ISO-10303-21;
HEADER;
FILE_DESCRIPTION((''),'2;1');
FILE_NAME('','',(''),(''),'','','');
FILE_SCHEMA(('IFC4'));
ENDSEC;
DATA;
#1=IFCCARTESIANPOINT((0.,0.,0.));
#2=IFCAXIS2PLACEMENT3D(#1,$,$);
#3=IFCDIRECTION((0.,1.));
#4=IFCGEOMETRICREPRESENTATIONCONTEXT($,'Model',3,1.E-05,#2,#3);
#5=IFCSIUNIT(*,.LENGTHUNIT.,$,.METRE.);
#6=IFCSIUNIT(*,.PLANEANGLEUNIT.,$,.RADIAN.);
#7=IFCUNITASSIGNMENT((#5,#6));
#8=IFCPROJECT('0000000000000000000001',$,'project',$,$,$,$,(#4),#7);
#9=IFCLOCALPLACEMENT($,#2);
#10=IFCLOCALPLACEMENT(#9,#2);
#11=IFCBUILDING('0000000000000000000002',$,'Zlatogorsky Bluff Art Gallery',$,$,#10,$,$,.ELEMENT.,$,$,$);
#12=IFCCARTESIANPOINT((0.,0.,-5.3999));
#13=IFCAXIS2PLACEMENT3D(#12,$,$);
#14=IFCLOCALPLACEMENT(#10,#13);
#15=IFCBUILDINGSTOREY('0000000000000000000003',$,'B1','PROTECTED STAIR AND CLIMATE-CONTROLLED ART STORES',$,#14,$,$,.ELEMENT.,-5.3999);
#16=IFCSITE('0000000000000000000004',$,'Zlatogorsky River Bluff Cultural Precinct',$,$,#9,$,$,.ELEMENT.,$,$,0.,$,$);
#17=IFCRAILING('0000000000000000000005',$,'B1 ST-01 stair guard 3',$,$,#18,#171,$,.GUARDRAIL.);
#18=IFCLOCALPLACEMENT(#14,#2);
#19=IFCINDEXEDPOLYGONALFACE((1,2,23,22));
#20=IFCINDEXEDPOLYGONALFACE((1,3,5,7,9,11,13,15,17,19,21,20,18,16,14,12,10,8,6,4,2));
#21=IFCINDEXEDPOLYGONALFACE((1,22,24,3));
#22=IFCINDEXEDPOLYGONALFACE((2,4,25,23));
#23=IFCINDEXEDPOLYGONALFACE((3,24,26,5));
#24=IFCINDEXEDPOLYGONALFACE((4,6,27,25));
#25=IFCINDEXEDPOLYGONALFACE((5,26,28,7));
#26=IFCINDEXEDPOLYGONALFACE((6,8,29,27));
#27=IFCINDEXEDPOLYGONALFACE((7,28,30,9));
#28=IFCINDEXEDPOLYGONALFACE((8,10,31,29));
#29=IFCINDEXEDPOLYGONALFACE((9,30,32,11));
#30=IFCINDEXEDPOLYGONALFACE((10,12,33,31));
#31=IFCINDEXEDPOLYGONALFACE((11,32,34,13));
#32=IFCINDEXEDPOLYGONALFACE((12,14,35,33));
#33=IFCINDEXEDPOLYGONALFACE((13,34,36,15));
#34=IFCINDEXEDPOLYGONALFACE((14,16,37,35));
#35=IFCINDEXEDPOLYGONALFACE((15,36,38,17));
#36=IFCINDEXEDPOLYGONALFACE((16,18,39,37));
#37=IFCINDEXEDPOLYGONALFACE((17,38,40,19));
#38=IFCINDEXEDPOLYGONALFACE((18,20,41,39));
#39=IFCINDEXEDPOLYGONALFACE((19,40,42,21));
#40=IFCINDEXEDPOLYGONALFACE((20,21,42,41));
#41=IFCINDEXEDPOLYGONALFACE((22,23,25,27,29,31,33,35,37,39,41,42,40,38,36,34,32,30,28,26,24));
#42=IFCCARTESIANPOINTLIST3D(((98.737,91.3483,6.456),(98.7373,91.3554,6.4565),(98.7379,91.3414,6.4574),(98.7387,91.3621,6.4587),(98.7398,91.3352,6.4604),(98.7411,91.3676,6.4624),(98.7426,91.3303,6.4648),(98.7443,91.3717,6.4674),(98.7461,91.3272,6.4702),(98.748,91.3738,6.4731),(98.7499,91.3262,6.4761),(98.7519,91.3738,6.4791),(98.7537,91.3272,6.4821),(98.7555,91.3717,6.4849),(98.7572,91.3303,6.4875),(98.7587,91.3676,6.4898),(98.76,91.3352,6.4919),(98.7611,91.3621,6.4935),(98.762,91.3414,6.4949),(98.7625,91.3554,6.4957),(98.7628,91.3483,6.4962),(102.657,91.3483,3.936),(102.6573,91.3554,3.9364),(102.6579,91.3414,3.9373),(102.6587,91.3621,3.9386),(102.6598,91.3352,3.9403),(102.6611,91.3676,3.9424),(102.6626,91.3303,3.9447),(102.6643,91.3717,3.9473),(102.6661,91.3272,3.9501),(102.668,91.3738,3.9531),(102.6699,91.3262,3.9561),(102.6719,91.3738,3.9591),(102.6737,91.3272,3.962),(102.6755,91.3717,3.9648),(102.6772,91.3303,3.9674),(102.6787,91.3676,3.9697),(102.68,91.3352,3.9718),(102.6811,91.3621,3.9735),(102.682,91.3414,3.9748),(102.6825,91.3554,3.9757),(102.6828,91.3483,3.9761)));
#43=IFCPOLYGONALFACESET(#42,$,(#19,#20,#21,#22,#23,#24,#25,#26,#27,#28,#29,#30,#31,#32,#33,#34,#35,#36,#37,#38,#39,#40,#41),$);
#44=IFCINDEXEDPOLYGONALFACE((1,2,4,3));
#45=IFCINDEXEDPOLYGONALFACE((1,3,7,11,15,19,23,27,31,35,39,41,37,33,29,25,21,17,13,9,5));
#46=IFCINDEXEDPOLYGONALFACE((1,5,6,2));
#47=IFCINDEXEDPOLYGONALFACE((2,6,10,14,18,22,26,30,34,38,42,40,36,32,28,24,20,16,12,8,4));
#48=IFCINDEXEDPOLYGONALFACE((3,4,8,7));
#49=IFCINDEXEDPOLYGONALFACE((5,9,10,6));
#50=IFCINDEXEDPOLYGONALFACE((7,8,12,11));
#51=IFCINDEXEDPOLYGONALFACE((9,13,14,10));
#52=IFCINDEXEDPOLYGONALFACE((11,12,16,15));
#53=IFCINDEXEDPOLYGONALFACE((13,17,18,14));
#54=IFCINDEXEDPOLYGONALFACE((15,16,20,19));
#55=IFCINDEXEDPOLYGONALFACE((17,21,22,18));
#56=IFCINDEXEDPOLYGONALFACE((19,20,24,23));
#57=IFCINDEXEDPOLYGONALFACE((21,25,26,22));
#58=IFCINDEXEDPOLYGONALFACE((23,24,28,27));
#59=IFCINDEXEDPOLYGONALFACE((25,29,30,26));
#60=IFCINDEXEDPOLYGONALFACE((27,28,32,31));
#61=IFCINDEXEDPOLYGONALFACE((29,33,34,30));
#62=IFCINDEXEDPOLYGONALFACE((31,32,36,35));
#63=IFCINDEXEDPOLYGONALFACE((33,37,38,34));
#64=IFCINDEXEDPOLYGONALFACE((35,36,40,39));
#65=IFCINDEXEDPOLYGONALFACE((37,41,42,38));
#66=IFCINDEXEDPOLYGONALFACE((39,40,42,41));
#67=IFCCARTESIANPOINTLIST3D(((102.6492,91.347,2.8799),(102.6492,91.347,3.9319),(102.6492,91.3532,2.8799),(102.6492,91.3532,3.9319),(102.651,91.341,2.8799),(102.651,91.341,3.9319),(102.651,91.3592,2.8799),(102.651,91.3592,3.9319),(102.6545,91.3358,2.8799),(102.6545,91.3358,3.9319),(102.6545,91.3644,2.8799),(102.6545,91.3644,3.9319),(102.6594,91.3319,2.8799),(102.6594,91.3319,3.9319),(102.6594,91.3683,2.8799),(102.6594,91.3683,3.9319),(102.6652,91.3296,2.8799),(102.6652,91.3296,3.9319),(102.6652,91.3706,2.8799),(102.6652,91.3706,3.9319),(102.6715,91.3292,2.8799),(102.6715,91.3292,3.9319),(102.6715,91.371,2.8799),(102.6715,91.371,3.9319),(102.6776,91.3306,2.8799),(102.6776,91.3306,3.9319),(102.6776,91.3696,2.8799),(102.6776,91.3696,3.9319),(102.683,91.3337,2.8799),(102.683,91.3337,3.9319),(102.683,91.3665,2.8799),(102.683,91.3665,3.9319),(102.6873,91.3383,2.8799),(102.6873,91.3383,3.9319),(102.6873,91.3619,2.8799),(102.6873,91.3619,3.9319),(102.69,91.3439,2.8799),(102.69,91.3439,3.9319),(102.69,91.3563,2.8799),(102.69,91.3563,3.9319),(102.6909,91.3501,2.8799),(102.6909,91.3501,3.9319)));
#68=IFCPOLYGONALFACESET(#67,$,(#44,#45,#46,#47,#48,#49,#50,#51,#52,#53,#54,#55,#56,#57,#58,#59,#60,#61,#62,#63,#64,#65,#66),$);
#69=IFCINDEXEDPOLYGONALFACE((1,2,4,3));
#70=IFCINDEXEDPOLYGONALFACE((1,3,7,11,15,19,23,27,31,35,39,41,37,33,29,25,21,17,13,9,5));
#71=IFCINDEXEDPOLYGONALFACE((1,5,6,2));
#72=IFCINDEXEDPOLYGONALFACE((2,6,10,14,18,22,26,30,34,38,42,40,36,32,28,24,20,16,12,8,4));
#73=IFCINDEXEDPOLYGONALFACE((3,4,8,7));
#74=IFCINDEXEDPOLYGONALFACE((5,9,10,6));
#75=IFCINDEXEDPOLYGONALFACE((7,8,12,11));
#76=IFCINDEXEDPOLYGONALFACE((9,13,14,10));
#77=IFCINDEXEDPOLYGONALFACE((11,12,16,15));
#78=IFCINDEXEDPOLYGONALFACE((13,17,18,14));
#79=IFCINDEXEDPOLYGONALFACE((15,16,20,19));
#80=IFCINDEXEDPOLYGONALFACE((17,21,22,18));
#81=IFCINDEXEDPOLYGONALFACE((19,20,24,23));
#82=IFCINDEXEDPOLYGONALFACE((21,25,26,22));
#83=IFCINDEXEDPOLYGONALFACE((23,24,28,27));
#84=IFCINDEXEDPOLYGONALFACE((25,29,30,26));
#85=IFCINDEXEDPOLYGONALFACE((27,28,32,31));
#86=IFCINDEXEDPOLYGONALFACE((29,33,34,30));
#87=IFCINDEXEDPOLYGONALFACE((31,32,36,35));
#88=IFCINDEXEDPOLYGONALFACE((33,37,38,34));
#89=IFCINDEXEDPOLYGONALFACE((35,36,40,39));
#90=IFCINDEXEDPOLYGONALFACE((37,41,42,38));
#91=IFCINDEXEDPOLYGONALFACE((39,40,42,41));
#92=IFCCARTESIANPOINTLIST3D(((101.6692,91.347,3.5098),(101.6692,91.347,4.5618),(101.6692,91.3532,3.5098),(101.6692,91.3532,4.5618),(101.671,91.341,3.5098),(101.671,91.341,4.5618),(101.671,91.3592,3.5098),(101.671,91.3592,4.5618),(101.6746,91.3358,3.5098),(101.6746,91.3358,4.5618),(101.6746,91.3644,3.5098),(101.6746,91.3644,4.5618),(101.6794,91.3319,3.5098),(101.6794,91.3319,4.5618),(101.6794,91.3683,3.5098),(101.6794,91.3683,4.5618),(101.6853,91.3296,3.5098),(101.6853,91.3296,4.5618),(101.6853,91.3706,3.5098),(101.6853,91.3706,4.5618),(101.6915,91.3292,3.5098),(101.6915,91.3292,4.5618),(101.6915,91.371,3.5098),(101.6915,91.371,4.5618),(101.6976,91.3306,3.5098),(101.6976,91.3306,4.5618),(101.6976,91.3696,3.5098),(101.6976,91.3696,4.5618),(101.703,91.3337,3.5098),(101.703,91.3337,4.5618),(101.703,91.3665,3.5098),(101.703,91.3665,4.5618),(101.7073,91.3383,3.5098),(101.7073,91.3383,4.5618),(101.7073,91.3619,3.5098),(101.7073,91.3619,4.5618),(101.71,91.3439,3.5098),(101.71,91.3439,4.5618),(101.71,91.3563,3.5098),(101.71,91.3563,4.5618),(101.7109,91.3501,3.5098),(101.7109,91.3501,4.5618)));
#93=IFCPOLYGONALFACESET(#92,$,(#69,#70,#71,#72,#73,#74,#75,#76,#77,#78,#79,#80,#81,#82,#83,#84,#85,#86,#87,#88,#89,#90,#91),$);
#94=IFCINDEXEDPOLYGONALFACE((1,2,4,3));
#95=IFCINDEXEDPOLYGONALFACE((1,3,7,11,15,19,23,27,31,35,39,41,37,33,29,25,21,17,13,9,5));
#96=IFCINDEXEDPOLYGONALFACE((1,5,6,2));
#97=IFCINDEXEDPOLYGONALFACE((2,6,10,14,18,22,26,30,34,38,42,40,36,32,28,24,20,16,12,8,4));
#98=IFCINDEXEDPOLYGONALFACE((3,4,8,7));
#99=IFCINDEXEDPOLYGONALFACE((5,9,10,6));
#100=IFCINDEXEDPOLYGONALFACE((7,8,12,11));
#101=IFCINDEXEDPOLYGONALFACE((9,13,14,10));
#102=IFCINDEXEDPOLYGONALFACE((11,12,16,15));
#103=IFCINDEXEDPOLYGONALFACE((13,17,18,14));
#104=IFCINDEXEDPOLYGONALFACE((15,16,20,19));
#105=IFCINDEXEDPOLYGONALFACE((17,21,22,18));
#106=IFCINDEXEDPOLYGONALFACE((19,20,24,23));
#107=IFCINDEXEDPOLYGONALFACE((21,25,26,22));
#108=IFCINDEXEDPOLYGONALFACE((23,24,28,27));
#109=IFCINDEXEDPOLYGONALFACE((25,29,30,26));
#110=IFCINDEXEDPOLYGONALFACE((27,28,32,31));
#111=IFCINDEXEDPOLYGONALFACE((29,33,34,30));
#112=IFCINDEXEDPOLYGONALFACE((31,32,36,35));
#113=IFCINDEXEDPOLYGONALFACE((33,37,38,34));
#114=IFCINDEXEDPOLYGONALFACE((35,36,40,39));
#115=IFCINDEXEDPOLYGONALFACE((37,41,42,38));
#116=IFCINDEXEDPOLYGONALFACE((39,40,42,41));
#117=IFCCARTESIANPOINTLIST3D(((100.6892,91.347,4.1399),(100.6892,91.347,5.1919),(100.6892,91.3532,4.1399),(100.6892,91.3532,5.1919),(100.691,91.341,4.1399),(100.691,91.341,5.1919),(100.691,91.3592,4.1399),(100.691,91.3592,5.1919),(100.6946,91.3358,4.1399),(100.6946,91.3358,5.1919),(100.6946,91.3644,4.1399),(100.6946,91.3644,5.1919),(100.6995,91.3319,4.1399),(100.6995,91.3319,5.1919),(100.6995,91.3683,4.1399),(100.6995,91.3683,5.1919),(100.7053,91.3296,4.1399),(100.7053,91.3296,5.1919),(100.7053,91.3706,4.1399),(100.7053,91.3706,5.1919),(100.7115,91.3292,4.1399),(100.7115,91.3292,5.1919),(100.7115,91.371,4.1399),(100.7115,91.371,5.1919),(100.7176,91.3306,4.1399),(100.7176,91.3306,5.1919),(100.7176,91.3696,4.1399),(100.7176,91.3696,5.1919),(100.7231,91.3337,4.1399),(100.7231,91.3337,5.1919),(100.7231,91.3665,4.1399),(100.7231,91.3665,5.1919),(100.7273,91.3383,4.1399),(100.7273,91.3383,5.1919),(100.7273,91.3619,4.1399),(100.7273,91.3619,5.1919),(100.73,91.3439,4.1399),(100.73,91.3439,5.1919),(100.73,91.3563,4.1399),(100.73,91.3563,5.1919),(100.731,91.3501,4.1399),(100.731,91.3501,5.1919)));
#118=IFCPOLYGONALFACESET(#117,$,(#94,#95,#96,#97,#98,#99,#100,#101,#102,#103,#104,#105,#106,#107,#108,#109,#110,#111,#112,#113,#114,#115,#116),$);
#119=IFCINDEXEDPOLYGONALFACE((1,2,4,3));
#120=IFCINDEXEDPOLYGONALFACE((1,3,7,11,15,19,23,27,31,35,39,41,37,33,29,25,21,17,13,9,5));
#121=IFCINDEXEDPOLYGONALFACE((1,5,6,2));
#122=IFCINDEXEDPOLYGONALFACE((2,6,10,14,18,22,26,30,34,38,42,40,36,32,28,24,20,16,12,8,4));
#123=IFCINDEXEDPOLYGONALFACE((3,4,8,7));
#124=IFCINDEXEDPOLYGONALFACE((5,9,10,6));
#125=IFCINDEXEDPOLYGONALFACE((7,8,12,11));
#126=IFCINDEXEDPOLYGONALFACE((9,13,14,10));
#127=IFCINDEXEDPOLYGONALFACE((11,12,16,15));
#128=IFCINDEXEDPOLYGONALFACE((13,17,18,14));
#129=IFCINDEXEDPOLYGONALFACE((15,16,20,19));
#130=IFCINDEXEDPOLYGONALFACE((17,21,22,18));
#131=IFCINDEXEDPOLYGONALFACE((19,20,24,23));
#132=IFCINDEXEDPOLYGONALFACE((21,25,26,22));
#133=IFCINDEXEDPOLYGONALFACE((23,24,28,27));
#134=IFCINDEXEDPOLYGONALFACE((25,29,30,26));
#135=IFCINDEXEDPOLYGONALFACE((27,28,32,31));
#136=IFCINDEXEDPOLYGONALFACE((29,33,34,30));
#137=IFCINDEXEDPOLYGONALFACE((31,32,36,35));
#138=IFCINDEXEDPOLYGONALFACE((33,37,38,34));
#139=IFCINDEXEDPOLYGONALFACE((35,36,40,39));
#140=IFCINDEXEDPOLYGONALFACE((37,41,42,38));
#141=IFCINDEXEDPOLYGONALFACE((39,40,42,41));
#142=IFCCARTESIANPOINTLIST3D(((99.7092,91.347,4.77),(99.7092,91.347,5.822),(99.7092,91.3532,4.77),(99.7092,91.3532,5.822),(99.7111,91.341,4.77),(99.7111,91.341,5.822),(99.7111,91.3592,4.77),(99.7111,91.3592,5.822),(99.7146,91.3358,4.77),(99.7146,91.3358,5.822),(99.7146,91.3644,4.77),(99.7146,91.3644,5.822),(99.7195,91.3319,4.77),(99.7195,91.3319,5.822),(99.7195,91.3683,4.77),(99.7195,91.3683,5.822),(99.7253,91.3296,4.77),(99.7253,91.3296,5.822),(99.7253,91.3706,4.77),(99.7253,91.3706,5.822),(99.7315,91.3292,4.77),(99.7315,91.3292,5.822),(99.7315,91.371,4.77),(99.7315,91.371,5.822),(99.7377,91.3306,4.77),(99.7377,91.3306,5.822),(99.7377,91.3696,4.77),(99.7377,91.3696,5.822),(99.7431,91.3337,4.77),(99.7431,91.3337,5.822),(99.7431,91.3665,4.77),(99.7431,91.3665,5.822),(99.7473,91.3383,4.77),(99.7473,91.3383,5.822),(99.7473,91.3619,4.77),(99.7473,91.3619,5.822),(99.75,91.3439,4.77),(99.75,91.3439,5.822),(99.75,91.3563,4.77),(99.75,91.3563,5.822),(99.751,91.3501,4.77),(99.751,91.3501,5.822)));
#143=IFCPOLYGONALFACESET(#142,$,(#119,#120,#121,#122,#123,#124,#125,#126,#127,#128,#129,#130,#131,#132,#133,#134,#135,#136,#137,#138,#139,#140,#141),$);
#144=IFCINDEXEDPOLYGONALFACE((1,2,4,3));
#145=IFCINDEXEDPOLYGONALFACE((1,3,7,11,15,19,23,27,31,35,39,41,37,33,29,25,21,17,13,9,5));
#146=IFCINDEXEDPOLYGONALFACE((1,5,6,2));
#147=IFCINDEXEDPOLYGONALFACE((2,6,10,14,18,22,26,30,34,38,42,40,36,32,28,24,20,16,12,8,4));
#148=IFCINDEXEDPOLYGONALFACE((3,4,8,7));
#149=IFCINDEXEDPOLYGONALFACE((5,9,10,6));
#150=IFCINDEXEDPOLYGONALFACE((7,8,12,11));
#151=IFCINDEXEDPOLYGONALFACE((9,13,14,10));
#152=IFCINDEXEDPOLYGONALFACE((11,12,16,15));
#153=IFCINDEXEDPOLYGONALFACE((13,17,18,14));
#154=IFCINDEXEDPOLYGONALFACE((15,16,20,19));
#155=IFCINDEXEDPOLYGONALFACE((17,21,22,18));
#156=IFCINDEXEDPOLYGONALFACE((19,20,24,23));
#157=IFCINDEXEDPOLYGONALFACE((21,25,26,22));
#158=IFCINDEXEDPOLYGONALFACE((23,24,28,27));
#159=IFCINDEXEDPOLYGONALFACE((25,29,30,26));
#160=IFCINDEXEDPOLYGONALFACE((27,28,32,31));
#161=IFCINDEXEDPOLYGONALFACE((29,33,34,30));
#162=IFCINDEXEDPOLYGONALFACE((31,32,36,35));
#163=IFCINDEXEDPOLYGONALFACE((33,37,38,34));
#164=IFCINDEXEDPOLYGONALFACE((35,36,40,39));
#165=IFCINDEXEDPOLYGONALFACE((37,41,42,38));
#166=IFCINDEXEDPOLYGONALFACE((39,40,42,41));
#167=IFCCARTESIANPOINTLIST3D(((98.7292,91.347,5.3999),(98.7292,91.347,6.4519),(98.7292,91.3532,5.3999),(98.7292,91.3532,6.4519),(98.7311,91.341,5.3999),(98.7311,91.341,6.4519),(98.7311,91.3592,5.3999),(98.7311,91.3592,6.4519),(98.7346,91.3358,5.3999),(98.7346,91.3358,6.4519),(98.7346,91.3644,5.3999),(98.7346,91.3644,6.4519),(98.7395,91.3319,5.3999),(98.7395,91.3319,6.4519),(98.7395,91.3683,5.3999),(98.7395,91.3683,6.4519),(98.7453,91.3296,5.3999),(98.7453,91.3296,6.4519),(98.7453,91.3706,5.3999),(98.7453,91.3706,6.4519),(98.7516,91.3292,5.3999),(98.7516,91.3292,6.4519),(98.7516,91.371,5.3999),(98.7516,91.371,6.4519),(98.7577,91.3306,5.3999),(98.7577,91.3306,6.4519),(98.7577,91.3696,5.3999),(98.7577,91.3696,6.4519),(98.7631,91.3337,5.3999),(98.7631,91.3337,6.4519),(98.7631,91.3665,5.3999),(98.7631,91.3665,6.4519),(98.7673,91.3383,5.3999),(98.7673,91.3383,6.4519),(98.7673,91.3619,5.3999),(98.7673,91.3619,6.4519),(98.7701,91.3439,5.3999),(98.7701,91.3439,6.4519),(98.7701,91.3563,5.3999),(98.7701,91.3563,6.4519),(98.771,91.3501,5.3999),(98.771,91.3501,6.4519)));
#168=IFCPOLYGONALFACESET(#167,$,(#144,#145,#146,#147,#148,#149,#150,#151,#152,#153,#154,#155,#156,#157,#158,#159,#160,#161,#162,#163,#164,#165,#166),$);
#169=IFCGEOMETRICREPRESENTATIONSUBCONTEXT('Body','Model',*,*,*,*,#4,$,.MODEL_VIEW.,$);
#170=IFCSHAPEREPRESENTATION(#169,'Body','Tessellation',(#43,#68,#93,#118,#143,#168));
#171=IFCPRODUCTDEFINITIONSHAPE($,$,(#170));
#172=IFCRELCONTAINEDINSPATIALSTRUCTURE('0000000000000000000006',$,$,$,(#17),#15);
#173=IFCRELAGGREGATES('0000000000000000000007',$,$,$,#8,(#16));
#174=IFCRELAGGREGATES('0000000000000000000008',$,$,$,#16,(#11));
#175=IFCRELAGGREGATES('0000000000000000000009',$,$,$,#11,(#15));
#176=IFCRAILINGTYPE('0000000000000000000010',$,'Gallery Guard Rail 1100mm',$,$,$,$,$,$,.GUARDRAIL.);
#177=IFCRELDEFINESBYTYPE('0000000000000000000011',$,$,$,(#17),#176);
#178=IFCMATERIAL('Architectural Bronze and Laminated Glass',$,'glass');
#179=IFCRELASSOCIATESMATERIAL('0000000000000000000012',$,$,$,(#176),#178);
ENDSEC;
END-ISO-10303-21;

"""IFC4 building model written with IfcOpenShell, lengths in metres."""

from ifc_helpers import new_model, si_unit, direction, frame, origin, origin_2d, place, context, subcontext, project, spatial, circle, extrude, material, type_object, element, save


model = new_model("IFC4")

# Units and contexts
model_context = context("Model", 3, precision=1e-05, world=origin(), true_north=direction((0.0, 1.0)))
body_context = subcontext(model_context, "Body", "Model", "MODEL_VIEW")
ifc_project = project(units=[si_unit("LENGTHUNIT", "METRE"), si_unit("PLANEANGLEUNIT", "RADIAN")], contexts=[model_context])

# Site, building, storey
site_placement = place(None, origin())
site = spatial("IfcSite", under=ifc_project, at=site_placement, Name="Zlatogorsky River Bluff Cultural Precinct", CompositionType="ELEMENT", RefElevation=0.0)
building_placement = place(site_placement, origin())
building = spatial("IfcBuilding", under=site, at=building_placement, Name="Zlatogorsky Bluff Art Gallery", CompositionType="ELEMENT")
storey_placement = place(building_placement, frame((0.0, 0.0, -5.3999)))
storey = spatial("IfcBuildingStorey", under=building, at=storey_placement, Name="B1", Description="PROTECTED STAIR AND CLIMATE-CONTROLLED ART STORES", CompositionType="ELEMENT", Elevation=-5.3999)

# Railing
ifc_material_1 = material(Name="Architectural Bronze and Laminated Glass", Category="glass")
railing_type_1 = type_object("IfcRailingType", Name="Gallery Guard Rail 1100mm", PredefinedType="GUARDRAIL", material=ifc_material_1)
railing_1_placement = place(storey_placement, frame((102.6699, 91.3501, 2.8799)))
element("IfcRailing", 1, at=railing_1_placement, inside=storey, type_object=railing_type_1, Name="B1 ST-01 stair guard 3", PredefinedType="GUARDRAIL", context=body_context, shape_type="SweptSolid", body=[
    extrude(circle(Radius=0.0239, at=origin_2d()), frame((0.0, 0.0, 1.0762), z_axis=(-0.841172, 0.0, 0.540768), x_axis=(0.0, -1.0, 0.0)), (0.0, 0.0, 1.0), 4.6602),
    extrude(circle(Radius=0.021, at=origin_2d()), origin(), (0.0, 0.0, 1.0), 1.052),
    extrude(circle(Radius=0.021, at=origin_2d()), frame((-0.98, 0.0, 0.6299)), (0.0, 0.0, 1.0), 1.052),
    extrude(circle(Radius=0.021, at=origin_2d()), frame((-1.96, 0.0, 1.26)), (0.0, 0.0, 1.0), 1.052),
    extrude(circle(Radius=0.021, at=origin_2d()), frame((-2.9399, 0.0, 1.8901)), (0.0, 0.0, 1.0), 1.052),
    extrude(circle(Radius=0.021, at=origin_2d()), frame((-3.9199, 0.0, 2.52)), (0.0, 0.0, 1.0), 1.052),
])

save(model, "model.ifc")
